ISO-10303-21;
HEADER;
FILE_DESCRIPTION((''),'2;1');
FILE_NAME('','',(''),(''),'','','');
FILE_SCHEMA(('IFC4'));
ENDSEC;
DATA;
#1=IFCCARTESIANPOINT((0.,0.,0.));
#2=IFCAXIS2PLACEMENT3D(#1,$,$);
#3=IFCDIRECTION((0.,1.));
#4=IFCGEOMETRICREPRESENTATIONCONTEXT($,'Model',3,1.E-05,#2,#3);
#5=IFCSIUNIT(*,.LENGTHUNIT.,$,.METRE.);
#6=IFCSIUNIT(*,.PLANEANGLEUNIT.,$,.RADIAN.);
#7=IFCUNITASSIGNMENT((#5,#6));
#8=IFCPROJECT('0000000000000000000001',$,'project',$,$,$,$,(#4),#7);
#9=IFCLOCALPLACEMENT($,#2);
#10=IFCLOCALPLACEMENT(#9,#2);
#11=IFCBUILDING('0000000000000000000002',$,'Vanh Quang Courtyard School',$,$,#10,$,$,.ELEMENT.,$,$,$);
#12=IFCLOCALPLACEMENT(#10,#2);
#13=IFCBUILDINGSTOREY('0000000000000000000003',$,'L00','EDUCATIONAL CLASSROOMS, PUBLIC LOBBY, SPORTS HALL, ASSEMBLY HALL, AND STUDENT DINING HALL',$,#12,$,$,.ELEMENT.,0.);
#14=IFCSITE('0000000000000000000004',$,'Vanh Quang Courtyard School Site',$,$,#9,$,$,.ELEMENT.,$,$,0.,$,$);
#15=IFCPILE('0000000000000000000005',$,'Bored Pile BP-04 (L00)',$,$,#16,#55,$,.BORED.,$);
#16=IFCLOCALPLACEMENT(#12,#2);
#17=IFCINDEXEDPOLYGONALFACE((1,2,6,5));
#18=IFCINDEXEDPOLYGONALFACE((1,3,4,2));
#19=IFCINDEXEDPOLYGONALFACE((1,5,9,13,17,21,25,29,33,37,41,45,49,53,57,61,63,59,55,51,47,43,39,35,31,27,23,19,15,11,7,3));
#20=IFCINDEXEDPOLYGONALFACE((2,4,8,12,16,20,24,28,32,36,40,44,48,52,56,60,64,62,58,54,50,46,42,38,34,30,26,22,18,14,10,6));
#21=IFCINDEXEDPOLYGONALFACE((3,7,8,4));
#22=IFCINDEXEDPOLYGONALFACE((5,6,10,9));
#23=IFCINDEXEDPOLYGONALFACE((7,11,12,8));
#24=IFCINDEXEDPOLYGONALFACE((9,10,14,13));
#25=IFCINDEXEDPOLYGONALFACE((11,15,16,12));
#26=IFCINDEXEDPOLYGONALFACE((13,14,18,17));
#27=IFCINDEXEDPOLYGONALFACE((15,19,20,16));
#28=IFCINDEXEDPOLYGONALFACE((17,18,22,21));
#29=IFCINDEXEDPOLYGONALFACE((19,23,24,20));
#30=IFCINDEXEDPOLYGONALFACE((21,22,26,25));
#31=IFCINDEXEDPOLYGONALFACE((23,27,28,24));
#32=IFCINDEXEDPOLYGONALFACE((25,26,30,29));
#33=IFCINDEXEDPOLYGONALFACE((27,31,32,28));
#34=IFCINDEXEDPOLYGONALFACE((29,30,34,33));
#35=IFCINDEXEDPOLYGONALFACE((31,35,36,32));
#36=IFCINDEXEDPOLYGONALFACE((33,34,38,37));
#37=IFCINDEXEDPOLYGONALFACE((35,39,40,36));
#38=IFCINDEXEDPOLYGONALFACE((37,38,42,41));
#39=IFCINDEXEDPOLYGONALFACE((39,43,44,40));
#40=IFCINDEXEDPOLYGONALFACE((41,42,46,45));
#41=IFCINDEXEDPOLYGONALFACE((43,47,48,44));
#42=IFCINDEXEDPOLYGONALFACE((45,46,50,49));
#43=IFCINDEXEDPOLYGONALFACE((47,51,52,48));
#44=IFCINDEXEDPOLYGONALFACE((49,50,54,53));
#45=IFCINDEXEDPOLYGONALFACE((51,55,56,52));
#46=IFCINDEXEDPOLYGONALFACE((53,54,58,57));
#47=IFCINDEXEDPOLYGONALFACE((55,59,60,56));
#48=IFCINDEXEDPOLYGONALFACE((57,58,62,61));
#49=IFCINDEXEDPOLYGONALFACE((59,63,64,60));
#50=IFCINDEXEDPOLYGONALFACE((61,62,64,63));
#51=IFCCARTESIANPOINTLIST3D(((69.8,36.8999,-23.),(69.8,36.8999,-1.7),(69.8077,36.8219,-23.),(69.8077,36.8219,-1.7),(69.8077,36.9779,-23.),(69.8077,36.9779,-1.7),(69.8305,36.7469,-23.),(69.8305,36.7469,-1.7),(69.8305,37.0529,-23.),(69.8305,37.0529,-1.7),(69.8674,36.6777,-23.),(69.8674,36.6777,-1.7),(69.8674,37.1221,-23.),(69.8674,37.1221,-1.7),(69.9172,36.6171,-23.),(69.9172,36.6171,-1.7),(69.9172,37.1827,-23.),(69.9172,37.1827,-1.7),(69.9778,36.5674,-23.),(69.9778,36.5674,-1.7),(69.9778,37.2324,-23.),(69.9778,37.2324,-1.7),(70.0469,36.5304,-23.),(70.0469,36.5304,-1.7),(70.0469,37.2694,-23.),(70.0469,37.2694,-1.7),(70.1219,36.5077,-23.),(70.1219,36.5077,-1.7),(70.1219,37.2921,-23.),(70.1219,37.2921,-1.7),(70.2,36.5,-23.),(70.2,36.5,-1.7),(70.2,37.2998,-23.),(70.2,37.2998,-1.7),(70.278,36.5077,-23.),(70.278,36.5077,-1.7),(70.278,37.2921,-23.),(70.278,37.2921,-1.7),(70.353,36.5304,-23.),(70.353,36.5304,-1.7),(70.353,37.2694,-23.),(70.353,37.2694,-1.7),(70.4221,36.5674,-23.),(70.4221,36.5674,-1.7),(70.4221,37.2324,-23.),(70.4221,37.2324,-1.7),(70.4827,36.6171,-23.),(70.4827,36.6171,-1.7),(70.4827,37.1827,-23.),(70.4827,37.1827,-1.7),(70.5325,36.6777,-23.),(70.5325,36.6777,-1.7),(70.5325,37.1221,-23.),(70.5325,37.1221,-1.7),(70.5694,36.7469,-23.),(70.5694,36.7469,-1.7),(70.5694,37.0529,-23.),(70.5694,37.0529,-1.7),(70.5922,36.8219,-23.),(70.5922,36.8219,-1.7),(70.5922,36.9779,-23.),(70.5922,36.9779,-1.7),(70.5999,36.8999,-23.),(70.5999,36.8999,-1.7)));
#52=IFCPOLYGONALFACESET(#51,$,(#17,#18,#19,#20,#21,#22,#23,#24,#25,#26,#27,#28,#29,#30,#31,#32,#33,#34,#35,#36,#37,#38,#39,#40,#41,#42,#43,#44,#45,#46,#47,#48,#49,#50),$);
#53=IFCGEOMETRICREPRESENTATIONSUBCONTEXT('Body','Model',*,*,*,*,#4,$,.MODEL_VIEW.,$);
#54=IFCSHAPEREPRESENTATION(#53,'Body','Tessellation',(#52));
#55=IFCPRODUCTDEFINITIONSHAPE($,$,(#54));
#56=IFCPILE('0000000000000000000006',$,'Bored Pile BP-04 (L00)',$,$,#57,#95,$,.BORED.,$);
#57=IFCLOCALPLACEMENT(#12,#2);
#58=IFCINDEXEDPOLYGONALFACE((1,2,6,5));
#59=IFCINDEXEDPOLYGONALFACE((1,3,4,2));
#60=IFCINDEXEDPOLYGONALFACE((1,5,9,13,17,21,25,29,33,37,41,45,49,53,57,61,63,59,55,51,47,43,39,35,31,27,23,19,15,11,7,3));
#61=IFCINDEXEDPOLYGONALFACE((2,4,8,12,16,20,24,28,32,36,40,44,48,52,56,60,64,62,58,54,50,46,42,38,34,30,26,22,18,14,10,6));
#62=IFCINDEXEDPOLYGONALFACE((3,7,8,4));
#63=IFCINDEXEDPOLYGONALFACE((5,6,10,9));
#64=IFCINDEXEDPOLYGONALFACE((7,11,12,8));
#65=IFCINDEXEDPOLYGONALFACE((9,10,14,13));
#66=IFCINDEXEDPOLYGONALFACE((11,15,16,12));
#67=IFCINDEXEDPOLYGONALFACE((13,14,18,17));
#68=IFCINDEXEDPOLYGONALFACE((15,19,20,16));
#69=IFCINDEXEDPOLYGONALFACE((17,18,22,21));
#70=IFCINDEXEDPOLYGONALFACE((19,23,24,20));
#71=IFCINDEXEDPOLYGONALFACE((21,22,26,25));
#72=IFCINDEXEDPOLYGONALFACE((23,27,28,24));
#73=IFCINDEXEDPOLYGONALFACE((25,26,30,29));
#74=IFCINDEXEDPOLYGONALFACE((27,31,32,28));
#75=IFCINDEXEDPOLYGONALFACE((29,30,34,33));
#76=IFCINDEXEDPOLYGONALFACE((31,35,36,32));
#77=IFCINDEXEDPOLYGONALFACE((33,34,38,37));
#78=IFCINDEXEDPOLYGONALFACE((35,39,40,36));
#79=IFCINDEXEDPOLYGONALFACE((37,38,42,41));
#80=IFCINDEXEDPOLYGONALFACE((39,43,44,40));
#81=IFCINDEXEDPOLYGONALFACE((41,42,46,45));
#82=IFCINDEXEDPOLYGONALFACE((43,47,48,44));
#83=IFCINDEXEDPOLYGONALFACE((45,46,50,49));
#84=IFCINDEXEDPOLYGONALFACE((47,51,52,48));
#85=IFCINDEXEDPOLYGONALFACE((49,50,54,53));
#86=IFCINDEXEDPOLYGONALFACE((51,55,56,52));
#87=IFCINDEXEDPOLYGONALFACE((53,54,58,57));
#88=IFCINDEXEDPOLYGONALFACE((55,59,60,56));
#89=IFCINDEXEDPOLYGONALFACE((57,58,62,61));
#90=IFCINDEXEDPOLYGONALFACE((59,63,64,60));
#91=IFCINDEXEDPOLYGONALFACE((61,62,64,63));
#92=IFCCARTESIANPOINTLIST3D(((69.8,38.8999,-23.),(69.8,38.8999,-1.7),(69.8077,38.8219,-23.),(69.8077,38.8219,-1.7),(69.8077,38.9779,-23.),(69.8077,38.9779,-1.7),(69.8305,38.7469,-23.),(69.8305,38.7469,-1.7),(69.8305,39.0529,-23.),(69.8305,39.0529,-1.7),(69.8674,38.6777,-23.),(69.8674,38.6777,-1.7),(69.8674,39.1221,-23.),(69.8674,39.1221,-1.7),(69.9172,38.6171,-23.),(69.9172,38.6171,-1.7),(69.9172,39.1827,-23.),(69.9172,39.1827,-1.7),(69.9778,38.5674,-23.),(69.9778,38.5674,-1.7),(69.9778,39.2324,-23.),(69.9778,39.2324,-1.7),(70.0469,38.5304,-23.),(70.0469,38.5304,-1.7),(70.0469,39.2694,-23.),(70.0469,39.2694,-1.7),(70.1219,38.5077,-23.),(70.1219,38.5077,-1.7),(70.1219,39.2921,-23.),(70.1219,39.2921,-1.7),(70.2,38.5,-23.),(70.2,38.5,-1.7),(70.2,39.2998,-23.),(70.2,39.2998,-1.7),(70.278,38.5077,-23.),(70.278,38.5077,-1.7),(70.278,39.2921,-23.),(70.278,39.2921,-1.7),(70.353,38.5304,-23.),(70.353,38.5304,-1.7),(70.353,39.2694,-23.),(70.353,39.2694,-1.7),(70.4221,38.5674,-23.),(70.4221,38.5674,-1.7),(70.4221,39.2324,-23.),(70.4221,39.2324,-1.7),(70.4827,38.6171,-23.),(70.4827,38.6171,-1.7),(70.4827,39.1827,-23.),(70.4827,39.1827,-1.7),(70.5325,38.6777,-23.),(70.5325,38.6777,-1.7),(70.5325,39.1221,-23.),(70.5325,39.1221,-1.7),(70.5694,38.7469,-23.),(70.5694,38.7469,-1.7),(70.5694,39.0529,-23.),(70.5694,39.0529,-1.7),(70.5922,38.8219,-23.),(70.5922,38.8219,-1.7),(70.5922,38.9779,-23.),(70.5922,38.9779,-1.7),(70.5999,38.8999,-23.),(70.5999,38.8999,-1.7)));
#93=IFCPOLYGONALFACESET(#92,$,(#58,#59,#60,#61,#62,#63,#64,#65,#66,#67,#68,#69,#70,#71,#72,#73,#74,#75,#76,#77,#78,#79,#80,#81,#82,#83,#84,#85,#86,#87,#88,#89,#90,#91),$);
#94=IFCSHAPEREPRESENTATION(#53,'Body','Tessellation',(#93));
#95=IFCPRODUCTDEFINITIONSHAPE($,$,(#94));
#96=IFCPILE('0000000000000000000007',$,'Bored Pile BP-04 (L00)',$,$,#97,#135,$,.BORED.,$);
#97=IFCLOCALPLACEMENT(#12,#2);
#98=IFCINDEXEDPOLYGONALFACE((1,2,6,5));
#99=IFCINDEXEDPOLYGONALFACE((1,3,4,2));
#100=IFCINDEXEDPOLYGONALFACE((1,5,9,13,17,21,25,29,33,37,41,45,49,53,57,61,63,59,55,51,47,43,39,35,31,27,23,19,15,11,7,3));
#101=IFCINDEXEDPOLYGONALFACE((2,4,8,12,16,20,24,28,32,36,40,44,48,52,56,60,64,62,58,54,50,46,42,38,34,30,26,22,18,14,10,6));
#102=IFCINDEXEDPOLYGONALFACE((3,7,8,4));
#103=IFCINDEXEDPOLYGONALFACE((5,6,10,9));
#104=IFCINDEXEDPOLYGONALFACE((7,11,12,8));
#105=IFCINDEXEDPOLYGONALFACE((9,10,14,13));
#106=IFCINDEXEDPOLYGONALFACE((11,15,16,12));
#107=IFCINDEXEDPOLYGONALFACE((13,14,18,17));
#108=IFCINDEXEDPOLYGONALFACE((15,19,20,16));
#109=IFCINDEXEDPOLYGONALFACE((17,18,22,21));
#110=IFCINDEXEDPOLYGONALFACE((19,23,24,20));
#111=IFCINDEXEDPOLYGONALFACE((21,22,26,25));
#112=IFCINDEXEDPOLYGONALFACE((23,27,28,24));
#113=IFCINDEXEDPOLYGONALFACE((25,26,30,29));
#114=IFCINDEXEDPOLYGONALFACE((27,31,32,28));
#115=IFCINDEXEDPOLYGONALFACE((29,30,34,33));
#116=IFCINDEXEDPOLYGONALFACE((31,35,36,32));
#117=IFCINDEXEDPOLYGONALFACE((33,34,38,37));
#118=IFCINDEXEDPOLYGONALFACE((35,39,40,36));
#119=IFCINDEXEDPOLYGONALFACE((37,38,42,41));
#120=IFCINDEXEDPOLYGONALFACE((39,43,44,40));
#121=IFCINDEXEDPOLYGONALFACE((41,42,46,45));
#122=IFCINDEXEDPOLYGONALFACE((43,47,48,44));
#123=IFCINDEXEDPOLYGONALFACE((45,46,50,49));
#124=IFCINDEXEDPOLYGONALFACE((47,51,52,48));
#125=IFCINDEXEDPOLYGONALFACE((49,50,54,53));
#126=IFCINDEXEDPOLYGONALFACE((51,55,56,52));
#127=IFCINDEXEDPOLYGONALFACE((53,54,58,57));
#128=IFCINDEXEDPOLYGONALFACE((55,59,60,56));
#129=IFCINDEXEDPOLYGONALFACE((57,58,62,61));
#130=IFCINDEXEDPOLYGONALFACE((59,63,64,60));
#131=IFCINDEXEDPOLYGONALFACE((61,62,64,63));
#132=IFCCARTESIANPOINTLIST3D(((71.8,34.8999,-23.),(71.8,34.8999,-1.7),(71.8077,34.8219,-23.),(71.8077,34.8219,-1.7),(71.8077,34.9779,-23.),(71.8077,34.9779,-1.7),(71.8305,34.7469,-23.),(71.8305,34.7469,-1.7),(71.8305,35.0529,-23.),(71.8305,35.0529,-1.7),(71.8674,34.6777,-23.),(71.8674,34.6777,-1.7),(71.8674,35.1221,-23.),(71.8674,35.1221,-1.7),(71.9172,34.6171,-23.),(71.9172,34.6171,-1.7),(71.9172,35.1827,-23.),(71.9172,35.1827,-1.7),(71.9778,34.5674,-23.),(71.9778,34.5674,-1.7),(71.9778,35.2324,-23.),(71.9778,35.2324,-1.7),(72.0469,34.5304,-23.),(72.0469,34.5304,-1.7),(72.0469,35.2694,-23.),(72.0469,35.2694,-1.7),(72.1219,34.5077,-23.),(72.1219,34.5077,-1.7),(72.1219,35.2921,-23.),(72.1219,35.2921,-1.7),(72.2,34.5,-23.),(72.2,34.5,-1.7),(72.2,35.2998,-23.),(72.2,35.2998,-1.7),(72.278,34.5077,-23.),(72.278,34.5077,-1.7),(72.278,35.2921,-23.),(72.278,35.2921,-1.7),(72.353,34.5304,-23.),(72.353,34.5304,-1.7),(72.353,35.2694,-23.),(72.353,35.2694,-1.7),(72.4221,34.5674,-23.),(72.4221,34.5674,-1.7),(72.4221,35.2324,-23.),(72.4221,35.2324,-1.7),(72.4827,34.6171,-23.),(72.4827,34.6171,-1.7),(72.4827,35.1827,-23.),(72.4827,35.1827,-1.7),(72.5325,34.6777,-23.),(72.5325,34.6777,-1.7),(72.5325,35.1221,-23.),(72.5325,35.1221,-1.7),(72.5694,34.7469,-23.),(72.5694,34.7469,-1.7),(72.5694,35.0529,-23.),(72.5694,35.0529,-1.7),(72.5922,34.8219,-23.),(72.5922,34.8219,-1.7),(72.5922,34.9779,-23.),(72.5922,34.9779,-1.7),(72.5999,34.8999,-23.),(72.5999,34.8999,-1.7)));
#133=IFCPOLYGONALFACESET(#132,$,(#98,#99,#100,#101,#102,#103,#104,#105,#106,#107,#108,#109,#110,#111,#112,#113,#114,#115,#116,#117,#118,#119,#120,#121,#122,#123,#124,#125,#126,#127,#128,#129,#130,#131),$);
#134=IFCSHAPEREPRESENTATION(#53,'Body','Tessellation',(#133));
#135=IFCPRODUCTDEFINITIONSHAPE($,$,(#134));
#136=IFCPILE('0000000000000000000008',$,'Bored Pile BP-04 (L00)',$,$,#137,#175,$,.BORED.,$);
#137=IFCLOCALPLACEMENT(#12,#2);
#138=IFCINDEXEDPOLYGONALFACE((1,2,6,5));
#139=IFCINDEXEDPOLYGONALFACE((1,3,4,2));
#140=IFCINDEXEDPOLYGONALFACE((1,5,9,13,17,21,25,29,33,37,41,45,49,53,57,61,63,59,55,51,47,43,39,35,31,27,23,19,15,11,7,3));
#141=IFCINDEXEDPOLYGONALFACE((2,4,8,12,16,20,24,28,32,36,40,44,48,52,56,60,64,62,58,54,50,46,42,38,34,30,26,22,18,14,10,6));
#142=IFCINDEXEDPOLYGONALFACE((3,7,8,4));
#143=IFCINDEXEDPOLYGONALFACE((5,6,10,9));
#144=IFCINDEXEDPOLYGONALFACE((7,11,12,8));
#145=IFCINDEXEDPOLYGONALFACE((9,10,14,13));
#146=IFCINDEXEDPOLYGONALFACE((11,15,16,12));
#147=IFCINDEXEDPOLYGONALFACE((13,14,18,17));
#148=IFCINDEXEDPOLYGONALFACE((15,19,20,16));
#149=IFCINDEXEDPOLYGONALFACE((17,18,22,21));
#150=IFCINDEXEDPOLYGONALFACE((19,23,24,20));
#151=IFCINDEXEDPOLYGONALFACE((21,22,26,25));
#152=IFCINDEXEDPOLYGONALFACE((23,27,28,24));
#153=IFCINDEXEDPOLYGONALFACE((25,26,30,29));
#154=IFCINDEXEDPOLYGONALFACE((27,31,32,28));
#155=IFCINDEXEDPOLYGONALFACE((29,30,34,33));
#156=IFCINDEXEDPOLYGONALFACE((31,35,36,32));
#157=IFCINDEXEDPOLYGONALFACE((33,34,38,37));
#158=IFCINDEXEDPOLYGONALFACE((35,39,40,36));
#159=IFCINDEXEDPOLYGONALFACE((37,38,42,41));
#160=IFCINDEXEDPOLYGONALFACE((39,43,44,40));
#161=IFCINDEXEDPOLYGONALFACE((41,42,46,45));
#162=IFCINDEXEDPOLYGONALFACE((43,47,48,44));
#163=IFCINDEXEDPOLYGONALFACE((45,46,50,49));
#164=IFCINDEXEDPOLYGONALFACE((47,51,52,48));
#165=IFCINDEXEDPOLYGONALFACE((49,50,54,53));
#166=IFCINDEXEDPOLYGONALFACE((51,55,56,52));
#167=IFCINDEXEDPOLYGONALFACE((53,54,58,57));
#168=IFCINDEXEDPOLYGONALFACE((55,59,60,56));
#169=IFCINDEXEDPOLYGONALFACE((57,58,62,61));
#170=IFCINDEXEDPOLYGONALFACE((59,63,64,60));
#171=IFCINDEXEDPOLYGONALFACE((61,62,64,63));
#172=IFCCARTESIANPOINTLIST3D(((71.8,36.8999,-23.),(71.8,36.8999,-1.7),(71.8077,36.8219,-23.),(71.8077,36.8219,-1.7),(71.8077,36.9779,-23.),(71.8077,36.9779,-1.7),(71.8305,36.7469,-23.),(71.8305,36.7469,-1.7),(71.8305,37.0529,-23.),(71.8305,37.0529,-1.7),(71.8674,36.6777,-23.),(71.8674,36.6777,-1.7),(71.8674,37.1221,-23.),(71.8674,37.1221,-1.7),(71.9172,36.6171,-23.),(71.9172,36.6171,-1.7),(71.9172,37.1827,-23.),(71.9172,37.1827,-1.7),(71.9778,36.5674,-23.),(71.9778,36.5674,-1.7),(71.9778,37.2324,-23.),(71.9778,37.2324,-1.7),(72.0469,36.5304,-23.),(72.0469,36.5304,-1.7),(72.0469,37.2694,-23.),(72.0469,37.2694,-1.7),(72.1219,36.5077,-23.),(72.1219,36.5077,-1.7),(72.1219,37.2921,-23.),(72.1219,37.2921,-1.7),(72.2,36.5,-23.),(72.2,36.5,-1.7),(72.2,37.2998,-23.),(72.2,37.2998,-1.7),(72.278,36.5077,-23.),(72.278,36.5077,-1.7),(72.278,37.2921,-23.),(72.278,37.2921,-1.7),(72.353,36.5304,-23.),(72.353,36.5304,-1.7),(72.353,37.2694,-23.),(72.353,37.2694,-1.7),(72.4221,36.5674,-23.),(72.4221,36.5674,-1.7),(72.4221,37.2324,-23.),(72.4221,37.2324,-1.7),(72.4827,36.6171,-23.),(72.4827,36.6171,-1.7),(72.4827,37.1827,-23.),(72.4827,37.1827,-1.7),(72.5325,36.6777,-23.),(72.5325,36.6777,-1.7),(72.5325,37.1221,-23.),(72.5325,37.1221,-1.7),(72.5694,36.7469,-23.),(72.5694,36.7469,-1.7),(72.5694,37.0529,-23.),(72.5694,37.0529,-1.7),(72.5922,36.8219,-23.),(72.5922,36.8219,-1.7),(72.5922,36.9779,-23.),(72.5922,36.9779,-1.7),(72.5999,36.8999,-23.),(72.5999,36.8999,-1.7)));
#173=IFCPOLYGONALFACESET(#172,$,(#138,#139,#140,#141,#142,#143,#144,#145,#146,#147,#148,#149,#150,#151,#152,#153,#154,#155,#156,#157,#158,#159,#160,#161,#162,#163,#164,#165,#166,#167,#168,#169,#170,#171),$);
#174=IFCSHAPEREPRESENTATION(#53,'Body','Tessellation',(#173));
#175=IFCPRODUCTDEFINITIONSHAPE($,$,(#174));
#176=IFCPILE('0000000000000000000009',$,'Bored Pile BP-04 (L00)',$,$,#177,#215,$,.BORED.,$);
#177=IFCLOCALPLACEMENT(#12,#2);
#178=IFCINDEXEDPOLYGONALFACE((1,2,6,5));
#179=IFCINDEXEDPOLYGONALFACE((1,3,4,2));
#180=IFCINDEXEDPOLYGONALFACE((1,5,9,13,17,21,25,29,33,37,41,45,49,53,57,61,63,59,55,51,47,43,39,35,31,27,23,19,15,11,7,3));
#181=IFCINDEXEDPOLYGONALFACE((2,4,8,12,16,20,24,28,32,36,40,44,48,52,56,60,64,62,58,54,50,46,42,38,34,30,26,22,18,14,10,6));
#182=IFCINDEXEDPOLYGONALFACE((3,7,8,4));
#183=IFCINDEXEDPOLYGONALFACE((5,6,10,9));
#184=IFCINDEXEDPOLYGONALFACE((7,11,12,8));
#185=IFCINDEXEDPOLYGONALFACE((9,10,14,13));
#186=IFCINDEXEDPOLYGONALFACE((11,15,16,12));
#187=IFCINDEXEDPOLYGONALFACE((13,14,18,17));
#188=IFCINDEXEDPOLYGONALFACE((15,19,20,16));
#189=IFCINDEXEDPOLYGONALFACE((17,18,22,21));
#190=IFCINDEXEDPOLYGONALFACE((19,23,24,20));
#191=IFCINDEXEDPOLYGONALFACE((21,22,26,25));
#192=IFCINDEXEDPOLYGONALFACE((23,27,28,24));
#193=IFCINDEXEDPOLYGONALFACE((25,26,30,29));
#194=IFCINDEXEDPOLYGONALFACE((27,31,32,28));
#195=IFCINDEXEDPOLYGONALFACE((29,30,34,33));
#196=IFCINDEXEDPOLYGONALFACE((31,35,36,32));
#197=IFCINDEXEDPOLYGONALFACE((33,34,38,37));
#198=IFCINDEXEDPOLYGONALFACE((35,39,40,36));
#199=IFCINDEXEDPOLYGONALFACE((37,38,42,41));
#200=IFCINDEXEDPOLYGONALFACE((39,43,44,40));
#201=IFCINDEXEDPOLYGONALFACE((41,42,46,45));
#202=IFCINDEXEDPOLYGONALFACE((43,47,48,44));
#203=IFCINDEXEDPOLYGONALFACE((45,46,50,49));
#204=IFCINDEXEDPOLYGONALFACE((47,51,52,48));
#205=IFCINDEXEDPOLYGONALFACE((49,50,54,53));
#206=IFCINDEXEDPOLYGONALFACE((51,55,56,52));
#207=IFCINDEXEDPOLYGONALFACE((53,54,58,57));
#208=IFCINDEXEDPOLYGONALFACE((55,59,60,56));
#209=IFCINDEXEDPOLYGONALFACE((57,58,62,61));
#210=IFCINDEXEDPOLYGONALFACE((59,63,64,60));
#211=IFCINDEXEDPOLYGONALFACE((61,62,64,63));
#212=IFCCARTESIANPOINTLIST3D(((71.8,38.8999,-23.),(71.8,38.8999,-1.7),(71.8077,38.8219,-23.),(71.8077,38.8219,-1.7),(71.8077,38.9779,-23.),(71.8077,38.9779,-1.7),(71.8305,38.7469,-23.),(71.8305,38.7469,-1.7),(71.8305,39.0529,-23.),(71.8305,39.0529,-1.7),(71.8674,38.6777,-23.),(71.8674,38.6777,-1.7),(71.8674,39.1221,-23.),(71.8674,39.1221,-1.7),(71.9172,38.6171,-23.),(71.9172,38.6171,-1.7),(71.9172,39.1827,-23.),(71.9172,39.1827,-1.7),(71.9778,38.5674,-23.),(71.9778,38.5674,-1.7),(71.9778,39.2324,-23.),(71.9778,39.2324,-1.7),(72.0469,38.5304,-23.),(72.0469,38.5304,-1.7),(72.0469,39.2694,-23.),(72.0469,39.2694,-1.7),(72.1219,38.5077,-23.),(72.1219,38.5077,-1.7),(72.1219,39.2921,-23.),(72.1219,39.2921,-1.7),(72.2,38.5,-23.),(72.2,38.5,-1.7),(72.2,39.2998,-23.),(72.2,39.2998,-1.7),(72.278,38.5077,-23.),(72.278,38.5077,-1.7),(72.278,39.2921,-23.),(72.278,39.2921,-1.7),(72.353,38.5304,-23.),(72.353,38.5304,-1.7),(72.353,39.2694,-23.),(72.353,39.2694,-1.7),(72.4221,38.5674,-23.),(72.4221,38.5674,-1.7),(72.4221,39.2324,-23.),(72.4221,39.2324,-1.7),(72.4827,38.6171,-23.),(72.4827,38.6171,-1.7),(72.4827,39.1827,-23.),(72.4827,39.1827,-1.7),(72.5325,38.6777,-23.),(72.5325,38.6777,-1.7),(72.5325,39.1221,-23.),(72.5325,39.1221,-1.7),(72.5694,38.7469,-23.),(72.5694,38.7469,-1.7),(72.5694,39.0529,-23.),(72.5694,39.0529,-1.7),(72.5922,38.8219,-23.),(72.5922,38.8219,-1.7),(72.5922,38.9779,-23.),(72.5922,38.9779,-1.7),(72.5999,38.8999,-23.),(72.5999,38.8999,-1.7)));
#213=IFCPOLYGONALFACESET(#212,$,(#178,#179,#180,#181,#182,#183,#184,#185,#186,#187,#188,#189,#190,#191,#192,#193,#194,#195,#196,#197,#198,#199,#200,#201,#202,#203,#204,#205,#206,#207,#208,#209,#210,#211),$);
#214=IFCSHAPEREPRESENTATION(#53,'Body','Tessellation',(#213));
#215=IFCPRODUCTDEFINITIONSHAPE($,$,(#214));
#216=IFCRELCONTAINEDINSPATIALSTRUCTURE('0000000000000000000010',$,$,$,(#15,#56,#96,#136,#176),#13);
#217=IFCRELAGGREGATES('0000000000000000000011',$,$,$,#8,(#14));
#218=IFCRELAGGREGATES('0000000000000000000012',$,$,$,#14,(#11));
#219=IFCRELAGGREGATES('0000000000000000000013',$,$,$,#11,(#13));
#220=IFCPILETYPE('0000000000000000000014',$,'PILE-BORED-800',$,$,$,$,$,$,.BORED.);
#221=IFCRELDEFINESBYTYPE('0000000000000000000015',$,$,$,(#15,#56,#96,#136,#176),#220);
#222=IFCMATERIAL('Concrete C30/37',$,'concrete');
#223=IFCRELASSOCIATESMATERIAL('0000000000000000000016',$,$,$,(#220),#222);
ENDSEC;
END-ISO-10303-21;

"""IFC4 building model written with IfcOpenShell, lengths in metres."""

from ifc_helpers import new_model, si_unit, direction, frame, origin, origin_2d, place, context, subcontext, project, spatial, circle, extrude, material, material_profile, profile_set, type_object, element, save


model = new_model("IFC4")

# Units and contexts
model_context = context("Model", 3, precision=1e-05, world=origin(), true_north=direction((0.0, 1.0)))
body_context = subcontext(model_context, "Body", "Model", "MODEL_VIEW")
ifc_project = project(units=[si_unit("LENGTHUNIT", "METRE"), si_unit("PLANEANGLEUNIT", "RADIAN")], contexts=[model_context])

# Site, building, storey
site_placement = place(None, origin())
site = spatial("IfcSite", under=ifc_project, at=site_placement, Name="Vanh Quang Courtyard School Site", CompositionType="ELEMENT", RefElevation=0.0)
building_placement = place(site_placement, origin())
building = spatial("IfcBuilding", under=site, at=building_placement, Name="Vanh Quang Courtyard School", CompositionType="ELEMENT")
storey_placement = place(building_placement, origin())
storey = spatial("IfcBuildingStorey", under=building, at=storey_placement, Name="L00", Description="EDUCATIONAL CLASSROOMS, PUBLIC LOBBY, SPORTS HALL, ASSEMBLY HALL, AND STUDENT DINING HALL", CompositionType="ELEMENT", Elevation=0.0)

# Piles
ifc_material_1 = material(Name="Concrete C30/37", Category="concrete")
ifc_material_profile_1 = material_profile(ifc_material_1, circle(Radius=0.3999, at=origin_2d()), Name="PILE D800")
ifc_profile_set_1 = profile_set([ifc_material_profile_1], Name="Concrete C30/37")
pile_type = type_object("IfcPileType", Name="PILE-BORED-800", PredefinedType="BORED", material=ifc_profile_set_1)
for number, where, z_axis, x_axis, name in (
    (1, (70.2, 36.8999, -1.7), (0.0, 0.0, -1.0), (1.0, 0.0, 0.0), "Bored Pile BP-04 (L00)"),
    (2, (70.2, 38.8999, -1.7), (0.0, 0.0, -1.0), (1.0, 0.0, 0.0), "Bored Pile BP-04 (L00)"),
    (3, (72.2, 34.8999, -1.7), (0.0, 0.0, -1.0), (1.0, 0.0, 0.0), "Bored Pile BP-04 (L00)"),
    (4, (72.2, 36.8999, -1.7), (0.0, 0.0, -1.0), (1.0, 0.0, 0.0), "Bored Pile BP-04 (L00)"),
    (5, (72.2, 38.8999, -1.7), (0.0, 0.0, -1.0), (1.0, 0.0, 0.0), "Bored Pile BP-04 (L00)"),
):
    element("IfcPile", number, at=place(storey_placement, frame(where, z_axis=z_axis, x_axis=x_axis)), inside=storey, type_object=pile_type, Name=name, PredefinedType="BORED", context=body_context, shape_type="SweptSolid", body=[
        extrude(circle(Radius=0.3999, at=origin_2d()), origin(), (0.0, 0.0, 1.0), 21.3),
    ])

save(model, "model.ifc")
